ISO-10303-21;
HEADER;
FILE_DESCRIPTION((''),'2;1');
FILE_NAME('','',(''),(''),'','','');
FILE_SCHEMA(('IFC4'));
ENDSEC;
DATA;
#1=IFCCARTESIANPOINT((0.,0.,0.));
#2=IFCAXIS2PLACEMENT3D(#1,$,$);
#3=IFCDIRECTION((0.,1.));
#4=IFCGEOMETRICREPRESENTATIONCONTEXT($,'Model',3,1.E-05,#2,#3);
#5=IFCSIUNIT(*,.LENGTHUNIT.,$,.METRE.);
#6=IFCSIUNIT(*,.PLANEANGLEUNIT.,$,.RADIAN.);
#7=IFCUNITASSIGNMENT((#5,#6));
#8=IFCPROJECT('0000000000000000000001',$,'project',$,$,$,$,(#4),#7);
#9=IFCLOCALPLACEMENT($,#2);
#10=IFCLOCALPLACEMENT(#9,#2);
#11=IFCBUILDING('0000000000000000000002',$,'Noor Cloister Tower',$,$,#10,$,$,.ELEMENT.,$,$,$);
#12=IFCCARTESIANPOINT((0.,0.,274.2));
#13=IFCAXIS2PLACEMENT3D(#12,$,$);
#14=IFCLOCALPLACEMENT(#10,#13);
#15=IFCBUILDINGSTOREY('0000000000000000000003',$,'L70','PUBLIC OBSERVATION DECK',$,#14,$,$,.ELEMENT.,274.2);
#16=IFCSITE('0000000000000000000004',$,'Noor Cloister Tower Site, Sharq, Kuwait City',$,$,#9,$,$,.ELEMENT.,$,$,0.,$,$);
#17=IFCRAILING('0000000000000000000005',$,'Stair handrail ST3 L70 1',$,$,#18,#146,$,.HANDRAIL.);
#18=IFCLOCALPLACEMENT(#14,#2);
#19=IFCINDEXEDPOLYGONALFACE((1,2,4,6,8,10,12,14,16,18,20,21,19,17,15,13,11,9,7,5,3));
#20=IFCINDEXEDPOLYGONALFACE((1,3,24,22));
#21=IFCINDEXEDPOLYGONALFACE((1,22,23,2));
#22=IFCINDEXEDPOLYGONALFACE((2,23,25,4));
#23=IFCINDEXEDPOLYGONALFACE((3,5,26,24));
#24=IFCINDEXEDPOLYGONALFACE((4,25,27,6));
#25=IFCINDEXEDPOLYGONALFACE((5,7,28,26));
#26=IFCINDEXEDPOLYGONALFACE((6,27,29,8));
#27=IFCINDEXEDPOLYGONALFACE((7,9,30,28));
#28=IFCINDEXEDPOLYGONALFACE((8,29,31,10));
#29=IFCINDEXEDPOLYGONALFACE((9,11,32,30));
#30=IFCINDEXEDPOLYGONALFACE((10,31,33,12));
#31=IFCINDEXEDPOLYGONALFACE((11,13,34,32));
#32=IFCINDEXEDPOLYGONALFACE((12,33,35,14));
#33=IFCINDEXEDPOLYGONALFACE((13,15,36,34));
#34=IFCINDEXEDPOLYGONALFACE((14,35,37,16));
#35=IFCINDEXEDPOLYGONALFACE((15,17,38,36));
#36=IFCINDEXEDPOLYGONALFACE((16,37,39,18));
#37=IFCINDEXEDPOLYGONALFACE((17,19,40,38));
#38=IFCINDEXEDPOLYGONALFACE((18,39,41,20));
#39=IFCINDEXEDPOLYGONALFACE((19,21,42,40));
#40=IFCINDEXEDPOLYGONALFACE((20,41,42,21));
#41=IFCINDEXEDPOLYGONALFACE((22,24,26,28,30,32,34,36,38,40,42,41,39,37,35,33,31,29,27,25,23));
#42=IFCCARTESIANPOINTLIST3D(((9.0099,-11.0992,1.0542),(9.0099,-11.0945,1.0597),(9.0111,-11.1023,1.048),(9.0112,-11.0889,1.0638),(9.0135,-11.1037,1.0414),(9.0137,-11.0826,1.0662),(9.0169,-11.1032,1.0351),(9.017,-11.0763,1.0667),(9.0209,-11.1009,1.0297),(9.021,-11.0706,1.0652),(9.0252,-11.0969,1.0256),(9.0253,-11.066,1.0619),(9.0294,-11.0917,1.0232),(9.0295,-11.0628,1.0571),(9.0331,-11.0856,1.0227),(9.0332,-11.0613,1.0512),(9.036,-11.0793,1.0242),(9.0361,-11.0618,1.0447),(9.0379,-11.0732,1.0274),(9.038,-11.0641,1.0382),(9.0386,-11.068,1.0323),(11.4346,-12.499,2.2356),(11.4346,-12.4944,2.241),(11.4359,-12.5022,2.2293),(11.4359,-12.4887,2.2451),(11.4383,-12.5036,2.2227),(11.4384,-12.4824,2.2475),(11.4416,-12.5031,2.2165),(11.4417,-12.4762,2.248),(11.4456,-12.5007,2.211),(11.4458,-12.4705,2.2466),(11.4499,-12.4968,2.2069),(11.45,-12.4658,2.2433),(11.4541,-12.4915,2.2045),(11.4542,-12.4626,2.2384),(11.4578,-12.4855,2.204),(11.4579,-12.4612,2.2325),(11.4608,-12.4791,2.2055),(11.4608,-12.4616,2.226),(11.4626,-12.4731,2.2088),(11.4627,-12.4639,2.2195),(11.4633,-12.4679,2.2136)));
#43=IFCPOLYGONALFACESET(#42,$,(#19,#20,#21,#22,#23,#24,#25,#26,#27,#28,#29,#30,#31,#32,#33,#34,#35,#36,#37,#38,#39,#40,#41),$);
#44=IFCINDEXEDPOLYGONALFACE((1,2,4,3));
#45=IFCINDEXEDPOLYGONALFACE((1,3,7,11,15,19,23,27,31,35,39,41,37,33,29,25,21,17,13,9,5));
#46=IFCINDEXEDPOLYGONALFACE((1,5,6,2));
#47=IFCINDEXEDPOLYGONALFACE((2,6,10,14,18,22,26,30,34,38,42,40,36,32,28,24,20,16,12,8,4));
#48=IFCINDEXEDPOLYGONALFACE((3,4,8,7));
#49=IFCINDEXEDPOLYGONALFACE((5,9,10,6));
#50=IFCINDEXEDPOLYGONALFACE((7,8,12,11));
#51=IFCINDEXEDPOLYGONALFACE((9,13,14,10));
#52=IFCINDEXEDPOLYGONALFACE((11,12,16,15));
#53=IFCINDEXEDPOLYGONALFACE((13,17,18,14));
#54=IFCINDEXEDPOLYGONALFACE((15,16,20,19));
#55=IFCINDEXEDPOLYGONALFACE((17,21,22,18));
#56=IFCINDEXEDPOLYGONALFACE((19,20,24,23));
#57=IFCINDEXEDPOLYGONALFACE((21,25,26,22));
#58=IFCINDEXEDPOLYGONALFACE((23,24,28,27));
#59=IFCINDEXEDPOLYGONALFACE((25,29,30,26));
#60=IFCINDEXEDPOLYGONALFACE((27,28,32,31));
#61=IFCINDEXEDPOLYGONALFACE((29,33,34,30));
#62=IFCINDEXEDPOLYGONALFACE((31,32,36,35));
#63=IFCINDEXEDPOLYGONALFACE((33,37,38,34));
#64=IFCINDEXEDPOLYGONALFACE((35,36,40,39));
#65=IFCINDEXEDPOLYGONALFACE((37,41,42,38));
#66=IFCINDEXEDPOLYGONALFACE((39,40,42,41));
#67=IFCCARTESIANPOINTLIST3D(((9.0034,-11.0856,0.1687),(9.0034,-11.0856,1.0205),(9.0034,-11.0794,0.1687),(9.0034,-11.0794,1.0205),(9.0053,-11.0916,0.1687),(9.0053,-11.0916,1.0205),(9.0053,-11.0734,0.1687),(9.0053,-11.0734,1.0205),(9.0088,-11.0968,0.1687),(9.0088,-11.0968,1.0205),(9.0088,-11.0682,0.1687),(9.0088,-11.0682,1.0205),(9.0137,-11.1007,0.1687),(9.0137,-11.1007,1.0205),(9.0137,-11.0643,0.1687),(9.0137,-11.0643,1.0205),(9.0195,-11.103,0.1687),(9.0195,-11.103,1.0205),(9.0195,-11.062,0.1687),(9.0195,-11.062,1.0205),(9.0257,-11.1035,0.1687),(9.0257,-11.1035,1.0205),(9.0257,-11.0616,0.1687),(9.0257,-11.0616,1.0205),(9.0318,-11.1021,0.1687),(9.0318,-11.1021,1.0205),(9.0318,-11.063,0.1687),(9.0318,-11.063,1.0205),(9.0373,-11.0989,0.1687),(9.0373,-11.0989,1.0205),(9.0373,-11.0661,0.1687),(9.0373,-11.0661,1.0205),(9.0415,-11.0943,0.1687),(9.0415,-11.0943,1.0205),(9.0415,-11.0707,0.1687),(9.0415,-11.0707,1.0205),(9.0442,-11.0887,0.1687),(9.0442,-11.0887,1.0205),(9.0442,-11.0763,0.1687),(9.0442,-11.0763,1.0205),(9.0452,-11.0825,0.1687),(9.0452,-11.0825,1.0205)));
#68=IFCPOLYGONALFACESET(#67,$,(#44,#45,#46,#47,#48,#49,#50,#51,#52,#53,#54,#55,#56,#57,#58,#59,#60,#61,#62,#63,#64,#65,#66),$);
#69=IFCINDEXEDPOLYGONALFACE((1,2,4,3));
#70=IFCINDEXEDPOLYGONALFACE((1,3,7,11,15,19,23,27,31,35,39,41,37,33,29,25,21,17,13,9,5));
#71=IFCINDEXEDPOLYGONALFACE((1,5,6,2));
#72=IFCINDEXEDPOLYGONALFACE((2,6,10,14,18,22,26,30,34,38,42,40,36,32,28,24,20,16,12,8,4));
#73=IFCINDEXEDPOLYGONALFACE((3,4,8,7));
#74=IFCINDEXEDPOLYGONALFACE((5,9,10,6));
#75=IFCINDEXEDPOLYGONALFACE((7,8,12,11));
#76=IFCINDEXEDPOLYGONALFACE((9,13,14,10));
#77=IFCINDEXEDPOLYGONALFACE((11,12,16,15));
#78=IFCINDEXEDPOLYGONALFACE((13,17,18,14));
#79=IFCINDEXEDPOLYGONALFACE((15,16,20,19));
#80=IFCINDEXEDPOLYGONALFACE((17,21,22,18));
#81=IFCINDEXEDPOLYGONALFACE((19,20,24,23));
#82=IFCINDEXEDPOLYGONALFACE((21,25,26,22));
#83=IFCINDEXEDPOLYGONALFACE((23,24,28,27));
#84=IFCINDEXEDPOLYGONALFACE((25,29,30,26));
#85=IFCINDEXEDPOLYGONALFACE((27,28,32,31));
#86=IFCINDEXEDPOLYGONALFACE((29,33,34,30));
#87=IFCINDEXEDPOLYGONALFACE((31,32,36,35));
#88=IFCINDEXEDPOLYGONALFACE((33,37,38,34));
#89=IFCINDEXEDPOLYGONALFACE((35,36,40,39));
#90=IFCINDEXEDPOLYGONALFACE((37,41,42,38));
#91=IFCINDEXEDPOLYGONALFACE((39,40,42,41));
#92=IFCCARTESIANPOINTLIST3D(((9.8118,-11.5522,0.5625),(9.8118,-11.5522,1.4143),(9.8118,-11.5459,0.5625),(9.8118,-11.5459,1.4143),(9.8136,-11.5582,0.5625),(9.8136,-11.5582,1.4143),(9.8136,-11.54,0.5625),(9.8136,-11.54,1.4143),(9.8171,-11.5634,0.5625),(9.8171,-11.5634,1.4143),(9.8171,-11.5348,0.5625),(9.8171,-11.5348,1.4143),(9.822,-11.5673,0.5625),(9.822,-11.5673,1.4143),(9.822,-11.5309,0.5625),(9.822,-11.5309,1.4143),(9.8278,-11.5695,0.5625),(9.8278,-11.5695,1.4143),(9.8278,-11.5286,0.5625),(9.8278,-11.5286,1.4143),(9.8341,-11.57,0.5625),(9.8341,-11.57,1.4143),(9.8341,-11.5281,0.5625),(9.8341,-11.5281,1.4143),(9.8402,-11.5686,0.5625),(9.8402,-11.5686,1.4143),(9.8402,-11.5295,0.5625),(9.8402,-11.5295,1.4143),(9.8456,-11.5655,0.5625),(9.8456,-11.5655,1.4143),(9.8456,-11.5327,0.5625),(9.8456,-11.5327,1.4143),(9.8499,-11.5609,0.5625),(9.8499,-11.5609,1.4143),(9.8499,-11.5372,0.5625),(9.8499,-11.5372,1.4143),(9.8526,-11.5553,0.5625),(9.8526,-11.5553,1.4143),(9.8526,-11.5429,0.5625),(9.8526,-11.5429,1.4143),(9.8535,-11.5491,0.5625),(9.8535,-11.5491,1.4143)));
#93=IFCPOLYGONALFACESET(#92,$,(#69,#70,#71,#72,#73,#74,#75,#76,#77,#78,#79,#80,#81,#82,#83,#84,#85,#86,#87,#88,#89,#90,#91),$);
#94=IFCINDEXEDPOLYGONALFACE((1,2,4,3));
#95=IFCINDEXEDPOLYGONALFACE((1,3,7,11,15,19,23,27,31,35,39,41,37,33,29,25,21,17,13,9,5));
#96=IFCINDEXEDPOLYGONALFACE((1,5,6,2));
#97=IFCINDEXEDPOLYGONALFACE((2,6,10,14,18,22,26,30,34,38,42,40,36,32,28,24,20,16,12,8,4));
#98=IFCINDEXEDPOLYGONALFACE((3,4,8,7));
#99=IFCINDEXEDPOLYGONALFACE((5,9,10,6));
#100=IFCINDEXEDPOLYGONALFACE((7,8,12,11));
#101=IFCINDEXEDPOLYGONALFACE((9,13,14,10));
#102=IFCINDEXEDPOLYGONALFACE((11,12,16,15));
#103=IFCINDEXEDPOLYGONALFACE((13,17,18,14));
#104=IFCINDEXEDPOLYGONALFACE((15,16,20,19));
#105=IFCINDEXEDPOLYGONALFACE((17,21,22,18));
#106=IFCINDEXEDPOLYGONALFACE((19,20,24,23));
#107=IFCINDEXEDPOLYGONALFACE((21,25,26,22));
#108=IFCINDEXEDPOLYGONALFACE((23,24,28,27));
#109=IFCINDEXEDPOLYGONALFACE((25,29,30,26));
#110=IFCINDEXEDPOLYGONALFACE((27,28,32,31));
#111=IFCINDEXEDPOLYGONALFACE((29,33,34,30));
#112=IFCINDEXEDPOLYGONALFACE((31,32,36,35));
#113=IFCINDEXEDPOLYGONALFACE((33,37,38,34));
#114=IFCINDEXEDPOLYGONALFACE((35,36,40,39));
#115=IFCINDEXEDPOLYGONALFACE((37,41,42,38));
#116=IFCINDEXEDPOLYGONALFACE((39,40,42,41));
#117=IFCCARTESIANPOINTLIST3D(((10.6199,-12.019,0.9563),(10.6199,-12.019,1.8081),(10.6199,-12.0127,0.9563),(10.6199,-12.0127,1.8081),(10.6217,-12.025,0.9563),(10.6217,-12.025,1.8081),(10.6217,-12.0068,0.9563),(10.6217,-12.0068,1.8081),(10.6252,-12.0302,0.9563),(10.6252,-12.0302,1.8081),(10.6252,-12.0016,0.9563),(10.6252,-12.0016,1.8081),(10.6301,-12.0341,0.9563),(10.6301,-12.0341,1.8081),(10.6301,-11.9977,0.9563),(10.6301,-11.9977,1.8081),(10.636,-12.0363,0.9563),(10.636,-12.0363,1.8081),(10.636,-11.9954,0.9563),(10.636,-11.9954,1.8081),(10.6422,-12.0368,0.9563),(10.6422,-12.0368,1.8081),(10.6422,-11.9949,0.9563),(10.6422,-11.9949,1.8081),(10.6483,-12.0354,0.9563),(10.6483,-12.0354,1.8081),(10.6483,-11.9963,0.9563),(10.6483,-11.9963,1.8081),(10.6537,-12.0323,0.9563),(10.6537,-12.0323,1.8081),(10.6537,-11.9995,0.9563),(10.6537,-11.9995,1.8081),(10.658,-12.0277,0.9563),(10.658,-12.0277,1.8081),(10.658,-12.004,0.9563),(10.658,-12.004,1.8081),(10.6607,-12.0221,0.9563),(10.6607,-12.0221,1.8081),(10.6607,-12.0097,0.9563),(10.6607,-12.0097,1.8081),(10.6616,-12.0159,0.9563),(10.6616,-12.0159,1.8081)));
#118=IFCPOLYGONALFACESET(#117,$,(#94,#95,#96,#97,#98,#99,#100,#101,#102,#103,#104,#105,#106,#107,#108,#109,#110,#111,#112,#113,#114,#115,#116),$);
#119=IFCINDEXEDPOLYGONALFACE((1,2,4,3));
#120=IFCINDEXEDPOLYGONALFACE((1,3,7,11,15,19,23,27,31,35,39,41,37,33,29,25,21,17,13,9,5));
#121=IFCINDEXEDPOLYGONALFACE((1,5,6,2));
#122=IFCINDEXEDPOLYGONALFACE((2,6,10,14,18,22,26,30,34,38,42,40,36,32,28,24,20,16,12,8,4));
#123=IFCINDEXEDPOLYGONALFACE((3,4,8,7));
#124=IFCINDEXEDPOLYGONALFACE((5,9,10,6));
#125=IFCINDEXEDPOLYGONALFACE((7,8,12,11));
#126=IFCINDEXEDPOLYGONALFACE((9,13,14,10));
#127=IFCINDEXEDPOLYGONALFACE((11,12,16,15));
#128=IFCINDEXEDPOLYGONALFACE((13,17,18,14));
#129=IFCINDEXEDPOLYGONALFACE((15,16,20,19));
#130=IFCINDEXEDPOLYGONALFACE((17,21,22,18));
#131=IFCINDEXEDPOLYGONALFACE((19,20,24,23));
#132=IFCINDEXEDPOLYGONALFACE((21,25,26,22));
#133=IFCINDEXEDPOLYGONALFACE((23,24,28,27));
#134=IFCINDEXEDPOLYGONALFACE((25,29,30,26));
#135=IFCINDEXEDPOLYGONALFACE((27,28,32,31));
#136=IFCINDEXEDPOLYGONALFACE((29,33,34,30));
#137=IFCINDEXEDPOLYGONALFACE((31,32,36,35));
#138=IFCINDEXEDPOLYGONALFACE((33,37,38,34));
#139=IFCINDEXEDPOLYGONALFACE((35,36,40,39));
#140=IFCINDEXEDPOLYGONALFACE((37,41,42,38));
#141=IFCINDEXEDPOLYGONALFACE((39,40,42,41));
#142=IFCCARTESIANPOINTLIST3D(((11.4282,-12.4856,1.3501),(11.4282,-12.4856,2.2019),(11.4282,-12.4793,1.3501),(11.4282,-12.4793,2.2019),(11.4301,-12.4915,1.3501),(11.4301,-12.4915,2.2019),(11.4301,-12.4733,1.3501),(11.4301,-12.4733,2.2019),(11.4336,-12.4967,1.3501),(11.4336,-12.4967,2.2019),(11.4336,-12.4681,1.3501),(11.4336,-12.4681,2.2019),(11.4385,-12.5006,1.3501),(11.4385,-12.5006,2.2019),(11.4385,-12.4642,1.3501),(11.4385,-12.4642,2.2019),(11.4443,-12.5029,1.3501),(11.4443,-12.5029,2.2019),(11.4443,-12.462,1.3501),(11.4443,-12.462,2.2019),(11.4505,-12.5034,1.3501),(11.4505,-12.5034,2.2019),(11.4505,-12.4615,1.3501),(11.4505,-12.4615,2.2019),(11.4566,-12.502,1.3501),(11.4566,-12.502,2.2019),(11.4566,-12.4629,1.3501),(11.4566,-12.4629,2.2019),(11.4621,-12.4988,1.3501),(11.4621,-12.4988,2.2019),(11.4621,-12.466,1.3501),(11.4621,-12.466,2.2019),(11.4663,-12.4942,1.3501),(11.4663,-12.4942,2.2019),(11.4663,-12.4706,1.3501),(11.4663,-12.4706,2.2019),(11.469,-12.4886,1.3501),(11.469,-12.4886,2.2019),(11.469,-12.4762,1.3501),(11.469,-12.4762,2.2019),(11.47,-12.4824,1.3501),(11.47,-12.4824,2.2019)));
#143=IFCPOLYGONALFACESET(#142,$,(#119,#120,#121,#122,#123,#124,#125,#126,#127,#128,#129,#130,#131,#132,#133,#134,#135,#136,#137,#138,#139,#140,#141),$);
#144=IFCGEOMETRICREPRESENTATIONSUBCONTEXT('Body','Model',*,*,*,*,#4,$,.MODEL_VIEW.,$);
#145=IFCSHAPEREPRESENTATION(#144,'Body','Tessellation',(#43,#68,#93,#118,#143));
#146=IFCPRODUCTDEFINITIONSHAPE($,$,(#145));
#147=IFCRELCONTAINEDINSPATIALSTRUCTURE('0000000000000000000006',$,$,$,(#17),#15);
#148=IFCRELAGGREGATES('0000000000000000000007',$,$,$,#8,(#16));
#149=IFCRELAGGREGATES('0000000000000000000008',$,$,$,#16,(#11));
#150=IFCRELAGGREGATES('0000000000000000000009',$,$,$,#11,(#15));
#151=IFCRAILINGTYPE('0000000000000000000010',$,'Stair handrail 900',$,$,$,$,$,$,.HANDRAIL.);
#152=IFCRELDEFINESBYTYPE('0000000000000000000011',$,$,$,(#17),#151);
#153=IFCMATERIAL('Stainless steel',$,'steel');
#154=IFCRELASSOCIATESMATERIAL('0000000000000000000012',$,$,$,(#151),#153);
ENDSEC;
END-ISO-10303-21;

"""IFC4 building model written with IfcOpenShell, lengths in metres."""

from ifc_helpers import new_model, si_unit, direction, frame, origin, origin_2d, place, context, subcontext, project, spatial, circle, extrude, material, type_object, element, save


model = new_model("IFC4")

# Units and contexts
model_context = context("Model", 3, precision=1e-05, world=origin(), true_north=direction((0.0, 1.0)))
body_context = subcontext(model_context, "Body", "Model", "MODEL_VIEW")
ifc_project = project(units=[si_unit("LENGTHUNIT", "METRE"), si_unit("PLANEANGLEUNIT", "RADIAN")], contexts=[model_context])

# Site, building, storey
site_placement = place(None, origin())
site = spatial("IfcSite", under=ifc_project, at=site_placement, Name="Noor Cloister Tower Site, Sharq, Kuwait City", CompositionType="ELEMENT", RefElevation=0.0)
building_placement = place(site_placement, origin())
building = spatial("IfcBuilding", under=site, at=building_placement, Name="Noor Cloister Tower", CompositionType="ELEMENT")
storey_placement = place(building_placement, frame((0.0, 0.0, 274.2)))
storey = spatial("IfcBuildingStorey", under=building, at=storey_placement, Name="L70", Description="PUBLIC OBSERVATION DECK", CompositionType="ELEMENT", Elevation=274.2)

# Railing
ifc_material_1 = material(Name="Stainless steel", Category="steel")
railing_type_1 = type_object("IfcRailingType", Name="Stair handrail 900", PredefinedType="HANDRAIL", material=ifc_material_1)
railing_1_placement = place(storey_placement, frame((9.0242, -11.0825, 0.1687)))
element("IfcRailing", 1, at=railing_1_placement, inside=storey, type_object=railing_type_1, Name="Stair handrail ST3 L70 1", PredefinedType="HANDRAIL", context=body_context, shape_type="SweptSolid", body=[
    extrude(circle(Radius=0.0239, at=origin_2d()), frame((0.0, 0.0, 0.876), z_axis=(0.797914, -0.460656, 0.388754), x_axis=(0.499984, 0.866035, 0.0)), (0.0, 0.0, 1.0), 3.0388),
    extrude(circle(Radius=0.021, at=origin_2d()), origin(), (0.0, 0.0, 1.0), 0.8518),
    extrude(circle(Radius=0.021, at=origin_2d()), frame((0.8083, -0.4666, 0.3938)), (0.0, 0.0, 1.0), 0.8518),
    extrude(circle(Radius=0.021, at=origin_2d()), frame((1.6165, -0.9333, 0.7876)), (0.0, 0.0, 1.0), 0.8518),
    extrude(circle(Radius=0.021, at=origin_2d()), frame((2.4248, -1.3999, 1.1814)), (0.0, 0.0, 1.0), 0.8518),
])

save(model, "model.ifc")
